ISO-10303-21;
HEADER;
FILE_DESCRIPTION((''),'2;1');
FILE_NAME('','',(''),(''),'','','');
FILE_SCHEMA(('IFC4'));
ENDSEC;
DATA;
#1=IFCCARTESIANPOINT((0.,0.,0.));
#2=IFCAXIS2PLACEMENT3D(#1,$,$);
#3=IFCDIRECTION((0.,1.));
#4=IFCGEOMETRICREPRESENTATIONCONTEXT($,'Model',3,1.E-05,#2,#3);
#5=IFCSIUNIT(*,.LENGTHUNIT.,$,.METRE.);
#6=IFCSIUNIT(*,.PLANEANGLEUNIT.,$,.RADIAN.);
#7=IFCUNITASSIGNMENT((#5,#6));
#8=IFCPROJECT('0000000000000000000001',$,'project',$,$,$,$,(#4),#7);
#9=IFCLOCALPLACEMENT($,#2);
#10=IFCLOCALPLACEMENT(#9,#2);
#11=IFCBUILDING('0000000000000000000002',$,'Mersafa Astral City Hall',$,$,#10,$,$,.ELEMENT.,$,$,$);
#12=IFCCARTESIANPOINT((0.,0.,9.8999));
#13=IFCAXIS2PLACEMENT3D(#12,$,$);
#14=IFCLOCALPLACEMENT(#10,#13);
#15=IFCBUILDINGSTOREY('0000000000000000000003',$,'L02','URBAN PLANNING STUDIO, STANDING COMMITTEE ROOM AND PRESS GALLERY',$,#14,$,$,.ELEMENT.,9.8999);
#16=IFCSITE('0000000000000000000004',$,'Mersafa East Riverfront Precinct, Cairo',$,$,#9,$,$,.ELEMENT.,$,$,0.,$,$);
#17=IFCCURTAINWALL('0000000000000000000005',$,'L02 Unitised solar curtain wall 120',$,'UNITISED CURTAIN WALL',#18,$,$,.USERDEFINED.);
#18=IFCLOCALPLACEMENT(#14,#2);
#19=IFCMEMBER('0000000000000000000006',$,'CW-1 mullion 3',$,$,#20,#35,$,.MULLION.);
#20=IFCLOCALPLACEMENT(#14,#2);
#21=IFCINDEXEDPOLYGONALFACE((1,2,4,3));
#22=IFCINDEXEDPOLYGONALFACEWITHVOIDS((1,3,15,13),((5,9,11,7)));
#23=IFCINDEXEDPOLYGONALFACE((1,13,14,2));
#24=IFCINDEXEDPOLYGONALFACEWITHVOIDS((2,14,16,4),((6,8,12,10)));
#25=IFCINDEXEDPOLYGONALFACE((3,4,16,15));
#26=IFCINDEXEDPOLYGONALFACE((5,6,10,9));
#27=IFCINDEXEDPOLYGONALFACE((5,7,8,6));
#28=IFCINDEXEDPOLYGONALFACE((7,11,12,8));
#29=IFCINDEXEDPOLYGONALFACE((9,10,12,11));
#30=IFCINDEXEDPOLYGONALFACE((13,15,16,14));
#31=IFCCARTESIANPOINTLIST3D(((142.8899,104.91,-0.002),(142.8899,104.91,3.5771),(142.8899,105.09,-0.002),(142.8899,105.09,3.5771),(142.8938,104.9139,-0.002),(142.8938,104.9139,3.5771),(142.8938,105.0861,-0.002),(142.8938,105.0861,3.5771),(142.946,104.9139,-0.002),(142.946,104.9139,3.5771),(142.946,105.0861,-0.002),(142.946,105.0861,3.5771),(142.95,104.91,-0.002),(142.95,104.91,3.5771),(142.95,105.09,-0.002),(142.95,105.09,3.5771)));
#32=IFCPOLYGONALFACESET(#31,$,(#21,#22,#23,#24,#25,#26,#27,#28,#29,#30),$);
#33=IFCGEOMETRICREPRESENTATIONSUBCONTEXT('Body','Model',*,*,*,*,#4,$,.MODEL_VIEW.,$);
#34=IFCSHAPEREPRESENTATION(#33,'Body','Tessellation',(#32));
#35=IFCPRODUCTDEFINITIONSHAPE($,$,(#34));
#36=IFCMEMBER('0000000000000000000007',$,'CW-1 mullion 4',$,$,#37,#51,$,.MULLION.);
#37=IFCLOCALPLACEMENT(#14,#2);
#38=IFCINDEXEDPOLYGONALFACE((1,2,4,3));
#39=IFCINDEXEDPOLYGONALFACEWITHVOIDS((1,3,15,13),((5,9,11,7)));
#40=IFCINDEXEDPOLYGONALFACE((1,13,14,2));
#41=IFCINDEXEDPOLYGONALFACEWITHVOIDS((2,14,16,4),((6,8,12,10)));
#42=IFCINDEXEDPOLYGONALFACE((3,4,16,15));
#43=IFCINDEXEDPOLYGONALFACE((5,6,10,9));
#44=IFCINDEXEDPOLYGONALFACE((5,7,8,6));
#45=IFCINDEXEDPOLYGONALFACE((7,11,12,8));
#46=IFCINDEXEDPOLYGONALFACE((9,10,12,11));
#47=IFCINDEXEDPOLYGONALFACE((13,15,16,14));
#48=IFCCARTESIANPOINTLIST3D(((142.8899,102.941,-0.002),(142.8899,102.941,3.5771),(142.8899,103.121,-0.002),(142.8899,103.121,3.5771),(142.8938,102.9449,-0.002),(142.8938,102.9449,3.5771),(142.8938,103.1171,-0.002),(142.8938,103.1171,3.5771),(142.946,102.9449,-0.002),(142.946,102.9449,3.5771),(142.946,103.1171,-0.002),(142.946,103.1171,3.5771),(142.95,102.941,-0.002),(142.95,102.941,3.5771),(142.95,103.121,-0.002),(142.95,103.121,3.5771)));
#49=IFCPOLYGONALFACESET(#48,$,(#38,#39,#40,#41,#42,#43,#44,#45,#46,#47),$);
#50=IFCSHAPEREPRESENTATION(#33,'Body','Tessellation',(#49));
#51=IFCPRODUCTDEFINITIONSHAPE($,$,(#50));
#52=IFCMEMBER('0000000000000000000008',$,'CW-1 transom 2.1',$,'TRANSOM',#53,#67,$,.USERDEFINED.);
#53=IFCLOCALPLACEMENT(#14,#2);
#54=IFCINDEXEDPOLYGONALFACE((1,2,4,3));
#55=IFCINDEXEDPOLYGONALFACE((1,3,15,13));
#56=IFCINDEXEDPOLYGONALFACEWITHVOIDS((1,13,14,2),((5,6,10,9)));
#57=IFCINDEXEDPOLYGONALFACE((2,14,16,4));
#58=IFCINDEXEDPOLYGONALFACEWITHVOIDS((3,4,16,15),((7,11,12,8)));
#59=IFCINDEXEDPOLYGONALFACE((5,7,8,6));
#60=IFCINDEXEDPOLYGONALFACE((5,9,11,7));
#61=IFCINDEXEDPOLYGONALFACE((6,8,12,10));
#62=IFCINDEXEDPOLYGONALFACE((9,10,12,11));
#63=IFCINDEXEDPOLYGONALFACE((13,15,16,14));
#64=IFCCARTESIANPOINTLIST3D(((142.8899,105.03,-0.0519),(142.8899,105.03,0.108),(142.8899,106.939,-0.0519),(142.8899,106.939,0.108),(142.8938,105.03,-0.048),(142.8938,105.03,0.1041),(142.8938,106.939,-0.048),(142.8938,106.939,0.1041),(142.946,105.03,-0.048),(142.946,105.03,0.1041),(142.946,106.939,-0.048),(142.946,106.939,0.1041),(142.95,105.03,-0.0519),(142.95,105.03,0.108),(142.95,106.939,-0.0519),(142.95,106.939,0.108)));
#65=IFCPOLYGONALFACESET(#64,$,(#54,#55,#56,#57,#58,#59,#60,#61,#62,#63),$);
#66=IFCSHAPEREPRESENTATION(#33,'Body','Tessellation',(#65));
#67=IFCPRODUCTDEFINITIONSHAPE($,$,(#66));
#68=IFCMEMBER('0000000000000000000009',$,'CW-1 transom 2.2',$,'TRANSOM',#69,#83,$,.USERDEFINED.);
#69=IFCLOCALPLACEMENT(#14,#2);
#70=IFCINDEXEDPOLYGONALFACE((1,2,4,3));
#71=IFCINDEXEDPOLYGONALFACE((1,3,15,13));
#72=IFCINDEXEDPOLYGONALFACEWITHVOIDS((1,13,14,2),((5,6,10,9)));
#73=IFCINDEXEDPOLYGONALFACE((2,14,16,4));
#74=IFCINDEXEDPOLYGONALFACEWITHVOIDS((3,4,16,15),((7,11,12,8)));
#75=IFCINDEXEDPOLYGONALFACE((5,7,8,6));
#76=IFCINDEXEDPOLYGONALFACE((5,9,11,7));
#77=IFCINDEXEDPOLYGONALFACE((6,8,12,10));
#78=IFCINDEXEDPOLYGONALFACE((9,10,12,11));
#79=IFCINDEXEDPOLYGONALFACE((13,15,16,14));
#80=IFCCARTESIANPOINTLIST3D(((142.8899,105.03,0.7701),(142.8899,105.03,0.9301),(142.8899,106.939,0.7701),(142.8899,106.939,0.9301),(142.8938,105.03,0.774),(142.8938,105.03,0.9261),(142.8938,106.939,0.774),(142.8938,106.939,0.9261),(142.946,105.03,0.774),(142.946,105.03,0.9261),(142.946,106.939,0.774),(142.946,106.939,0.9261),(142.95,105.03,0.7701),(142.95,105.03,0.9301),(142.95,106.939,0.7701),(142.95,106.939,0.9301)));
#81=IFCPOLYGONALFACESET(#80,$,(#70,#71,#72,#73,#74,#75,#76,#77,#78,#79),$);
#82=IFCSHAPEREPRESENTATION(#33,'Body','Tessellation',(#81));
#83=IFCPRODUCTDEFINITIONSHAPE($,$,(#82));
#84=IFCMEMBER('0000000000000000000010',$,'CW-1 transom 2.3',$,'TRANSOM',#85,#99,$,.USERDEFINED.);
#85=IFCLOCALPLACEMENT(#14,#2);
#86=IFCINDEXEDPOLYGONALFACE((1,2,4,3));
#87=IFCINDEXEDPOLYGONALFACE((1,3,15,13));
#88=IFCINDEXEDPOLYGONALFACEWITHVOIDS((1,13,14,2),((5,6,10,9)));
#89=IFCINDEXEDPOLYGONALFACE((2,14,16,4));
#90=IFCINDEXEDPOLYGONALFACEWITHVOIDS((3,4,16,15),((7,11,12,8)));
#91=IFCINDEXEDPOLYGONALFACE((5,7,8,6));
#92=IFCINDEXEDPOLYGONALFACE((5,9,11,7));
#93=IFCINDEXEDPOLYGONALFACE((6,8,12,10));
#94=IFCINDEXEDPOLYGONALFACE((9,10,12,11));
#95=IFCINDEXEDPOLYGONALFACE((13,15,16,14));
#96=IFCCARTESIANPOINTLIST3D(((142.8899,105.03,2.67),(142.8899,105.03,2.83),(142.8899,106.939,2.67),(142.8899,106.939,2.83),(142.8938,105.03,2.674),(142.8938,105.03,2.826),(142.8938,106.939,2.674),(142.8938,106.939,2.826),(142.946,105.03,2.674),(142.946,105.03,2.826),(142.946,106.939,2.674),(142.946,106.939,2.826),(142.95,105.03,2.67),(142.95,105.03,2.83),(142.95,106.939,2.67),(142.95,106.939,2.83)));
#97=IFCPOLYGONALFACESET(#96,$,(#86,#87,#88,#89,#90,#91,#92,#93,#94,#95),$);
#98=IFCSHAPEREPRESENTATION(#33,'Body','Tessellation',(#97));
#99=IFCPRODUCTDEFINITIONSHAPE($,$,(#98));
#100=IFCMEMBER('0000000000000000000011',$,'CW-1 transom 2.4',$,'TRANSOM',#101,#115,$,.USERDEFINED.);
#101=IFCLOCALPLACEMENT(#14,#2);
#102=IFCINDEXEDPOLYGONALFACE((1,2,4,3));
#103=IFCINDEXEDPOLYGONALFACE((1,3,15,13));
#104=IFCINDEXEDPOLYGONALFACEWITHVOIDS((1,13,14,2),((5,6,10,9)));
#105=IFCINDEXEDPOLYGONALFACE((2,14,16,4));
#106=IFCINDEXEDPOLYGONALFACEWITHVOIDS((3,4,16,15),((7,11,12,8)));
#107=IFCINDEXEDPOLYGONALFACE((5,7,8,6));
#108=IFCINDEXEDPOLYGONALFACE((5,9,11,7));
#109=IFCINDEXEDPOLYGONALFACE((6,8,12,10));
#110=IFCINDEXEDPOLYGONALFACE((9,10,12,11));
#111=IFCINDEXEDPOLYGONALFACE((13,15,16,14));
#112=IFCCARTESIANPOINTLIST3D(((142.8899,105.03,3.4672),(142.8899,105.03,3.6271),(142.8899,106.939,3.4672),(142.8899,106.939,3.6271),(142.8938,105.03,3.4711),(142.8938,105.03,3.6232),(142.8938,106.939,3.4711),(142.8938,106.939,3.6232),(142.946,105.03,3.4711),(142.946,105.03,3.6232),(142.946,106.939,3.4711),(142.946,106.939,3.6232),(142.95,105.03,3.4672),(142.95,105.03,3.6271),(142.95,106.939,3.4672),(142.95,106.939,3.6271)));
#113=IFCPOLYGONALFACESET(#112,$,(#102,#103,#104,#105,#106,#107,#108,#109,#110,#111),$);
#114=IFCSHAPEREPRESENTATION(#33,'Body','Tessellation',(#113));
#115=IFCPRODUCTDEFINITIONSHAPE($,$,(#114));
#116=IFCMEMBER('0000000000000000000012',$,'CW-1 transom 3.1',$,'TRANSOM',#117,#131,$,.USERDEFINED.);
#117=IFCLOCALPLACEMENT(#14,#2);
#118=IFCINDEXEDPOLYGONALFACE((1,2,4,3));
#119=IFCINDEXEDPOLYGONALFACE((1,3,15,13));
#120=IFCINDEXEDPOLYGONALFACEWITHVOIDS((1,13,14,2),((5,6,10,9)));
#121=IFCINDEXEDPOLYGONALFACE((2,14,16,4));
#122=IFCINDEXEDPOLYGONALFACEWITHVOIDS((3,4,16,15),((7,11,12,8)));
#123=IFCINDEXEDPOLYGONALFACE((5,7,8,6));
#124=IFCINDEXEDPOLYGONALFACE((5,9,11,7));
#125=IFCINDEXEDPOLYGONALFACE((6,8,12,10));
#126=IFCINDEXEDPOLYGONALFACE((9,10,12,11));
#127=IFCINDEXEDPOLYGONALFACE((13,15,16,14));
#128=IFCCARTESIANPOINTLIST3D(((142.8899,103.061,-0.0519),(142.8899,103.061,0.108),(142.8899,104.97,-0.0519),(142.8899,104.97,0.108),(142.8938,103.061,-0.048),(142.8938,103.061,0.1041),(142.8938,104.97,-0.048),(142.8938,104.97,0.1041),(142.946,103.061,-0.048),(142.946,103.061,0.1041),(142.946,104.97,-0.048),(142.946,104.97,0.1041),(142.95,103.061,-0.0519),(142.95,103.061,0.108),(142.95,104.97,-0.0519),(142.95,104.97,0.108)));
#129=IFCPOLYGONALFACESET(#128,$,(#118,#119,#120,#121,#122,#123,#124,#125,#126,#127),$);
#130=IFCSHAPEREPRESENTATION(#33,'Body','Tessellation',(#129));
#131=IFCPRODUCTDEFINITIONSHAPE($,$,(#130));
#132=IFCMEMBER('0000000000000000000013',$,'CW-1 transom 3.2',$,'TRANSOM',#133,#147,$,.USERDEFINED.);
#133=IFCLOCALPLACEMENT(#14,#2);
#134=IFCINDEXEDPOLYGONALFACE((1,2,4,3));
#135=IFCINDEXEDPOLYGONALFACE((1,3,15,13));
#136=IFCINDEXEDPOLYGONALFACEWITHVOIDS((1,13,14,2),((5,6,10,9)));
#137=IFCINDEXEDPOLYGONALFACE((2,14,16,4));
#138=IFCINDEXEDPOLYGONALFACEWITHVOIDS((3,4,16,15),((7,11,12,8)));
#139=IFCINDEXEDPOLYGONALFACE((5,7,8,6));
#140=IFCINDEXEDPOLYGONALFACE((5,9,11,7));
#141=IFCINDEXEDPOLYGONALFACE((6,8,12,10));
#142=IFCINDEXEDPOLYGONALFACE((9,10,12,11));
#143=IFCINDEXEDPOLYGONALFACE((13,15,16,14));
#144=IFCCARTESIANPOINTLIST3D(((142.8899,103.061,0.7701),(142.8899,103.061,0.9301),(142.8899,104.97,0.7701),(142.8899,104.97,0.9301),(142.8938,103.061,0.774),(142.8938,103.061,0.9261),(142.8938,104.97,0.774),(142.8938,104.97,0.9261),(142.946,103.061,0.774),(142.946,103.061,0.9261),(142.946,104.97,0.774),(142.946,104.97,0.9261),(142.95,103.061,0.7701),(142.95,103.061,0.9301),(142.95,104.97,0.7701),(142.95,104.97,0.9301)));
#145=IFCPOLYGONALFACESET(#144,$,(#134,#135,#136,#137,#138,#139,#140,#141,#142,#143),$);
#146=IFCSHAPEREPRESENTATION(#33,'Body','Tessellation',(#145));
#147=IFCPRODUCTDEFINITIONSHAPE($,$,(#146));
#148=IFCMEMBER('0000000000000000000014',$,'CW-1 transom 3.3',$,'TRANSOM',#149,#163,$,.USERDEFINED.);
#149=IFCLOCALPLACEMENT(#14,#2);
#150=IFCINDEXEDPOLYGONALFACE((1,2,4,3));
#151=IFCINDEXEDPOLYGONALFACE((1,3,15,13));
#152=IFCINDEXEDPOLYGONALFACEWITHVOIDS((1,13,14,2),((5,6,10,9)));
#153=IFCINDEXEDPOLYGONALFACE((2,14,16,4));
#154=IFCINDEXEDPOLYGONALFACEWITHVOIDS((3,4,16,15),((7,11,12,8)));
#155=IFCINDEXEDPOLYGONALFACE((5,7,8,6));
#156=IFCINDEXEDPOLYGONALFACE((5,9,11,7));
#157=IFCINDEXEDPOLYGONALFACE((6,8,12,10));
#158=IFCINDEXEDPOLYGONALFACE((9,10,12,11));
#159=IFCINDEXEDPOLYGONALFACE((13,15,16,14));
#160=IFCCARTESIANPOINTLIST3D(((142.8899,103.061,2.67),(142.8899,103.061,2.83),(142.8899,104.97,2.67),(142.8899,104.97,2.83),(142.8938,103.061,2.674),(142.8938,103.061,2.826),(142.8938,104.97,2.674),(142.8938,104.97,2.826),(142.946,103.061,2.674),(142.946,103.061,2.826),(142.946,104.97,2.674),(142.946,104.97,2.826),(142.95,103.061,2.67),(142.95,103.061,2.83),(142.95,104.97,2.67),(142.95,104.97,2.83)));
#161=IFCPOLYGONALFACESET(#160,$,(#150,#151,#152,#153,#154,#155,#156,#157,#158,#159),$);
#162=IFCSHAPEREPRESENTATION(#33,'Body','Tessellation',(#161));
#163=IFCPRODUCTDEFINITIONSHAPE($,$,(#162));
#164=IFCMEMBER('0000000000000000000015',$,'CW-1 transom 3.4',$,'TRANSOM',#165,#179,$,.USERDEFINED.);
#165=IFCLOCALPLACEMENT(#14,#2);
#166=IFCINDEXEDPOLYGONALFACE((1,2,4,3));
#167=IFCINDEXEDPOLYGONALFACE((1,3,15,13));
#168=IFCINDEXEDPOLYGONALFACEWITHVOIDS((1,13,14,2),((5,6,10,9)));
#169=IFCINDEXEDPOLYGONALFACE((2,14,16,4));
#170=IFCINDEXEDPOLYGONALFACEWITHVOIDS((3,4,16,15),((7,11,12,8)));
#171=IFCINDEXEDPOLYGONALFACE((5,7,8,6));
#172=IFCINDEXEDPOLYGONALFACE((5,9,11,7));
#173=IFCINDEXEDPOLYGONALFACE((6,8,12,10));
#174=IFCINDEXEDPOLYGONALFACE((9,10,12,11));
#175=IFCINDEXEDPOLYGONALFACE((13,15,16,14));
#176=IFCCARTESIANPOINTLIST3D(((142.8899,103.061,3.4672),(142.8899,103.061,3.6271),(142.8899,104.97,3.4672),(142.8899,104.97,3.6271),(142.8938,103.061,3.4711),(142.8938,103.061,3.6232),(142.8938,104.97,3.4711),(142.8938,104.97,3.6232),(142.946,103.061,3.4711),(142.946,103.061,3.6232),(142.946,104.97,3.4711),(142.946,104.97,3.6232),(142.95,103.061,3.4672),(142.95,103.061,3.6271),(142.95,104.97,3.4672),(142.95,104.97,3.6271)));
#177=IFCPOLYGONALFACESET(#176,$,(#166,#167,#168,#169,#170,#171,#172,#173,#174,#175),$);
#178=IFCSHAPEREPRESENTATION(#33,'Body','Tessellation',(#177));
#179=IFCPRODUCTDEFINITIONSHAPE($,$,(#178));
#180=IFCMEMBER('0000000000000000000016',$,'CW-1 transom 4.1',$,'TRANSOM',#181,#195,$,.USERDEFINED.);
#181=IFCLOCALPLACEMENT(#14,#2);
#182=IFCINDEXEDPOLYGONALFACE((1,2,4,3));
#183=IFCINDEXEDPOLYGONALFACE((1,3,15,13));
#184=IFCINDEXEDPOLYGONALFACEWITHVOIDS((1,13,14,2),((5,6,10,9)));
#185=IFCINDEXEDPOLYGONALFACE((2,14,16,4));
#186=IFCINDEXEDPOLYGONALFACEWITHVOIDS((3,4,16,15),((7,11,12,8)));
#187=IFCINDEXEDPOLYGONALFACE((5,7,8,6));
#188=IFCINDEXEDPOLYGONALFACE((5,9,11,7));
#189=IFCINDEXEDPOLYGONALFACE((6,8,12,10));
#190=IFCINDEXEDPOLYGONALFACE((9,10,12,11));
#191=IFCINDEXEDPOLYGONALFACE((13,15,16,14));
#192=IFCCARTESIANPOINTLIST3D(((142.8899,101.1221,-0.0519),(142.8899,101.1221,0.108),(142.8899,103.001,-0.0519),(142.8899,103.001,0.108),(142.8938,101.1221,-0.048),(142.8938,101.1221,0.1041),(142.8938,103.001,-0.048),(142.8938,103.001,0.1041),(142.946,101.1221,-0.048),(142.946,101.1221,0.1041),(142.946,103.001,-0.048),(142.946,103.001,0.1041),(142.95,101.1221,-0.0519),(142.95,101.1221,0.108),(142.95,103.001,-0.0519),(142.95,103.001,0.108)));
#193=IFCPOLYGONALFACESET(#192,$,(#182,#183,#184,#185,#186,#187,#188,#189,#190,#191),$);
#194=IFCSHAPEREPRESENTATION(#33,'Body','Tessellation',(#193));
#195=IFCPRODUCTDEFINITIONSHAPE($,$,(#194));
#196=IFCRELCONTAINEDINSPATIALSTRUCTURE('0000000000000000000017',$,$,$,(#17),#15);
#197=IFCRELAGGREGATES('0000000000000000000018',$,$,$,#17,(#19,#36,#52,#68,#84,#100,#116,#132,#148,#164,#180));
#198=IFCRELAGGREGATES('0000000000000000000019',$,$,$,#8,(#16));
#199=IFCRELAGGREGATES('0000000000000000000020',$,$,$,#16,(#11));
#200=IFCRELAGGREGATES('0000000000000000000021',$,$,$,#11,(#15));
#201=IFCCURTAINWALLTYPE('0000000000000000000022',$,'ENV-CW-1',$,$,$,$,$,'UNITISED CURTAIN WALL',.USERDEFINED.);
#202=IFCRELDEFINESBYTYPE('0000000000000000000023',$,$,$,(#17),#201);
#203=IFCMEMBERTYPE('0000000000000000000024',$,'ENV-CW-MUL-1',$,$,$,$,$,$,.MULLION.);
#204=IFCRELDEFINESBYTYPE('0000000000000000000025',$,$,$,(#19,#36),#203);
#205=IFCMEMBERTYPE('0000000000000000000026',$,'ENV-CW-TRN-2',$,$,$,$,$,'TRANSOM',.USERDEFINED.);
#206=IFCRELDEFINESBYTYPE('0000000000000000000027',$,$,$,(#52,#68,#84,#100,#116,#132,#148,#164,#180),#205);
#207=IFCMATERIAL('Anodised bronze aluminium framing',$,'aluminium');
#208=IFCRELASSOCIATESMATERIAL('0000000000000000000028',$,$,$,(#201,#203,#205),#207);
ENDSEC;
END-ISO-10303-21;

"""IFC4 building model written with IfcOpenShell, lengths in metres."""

from ifc_helpers import new_model, si_unit, direction, frame, origin, origin_2d, place, context, subcontext, project, spatial, hollow_rectangle, extrude, material, material_profile, profile_set, type_object, element, aggregate, save


model = new_model("IFC4")

# Units and contexts
model_context = context("Model", 3, precision=1e-05, world=origin(), true_north=direction((0.0, 1.0)))
body_context = subcontext(model_context, "Body", "Model", "MODEL_VIEW")
ifc_project = project(units=[si_unit("LENGTHUNIT", "METRE"), si_unit("PLANEANGLEUNIT", "RADIAN")], contexts=[model_context])

# Site, building, storey
site_placement = place(None, origin())
site = spatial("IfcSite", under=ifc_project, at=site_placement, Name="Mersafa East Riverfront Precinct, Cairo", CompositionType="ELEMENT", RefElevation=0.0)
building_placement = place(site_placement, origin())
building = spatial("IfcBuilding", under=site, at=building_placement, Name="Mersafa Astral City Hall", CompositionType="ELEMENT")
storey_placement = place(building_placement, frame((0.0, 0.0, 9.8999)))
storey = spatial("IfcBuildingStorey", under=building, at=storey_placement, Name="L02", Description="URBAN PLANNING STUDIO, STANDING COMMITTEE ROOM AND PRESS GALLERY", CompositionType="ELEMENT", Elevation=9.8999)

# Curtain wall, members
ifc_material_1 = material(Name="Anodised bronze aluminium framing", Category="aluminium")
curtain_wall_type = type_object("IfcCurtainWallType", Name="ENV-CW-1", ElementType="UNITISED CURTAIN WALL", PredefinedType="USERDEFINED", material=ifc_material_1)
curtain_wall_placement = place(storey_placement, origin())
curtain_wall = element("IfcCurtainWall", 1, at=curtain_wall_placement, inside=storey, type_object=curtain_wall_type, Name="L02 Unitised solar curtain wall 120", ObjectType="UNITISED CURTAIN WALL", PredefinedType="USERDEFINED")
ifc_material_profile_1 = material_profile(ifc_material_1, hollow_rectangle(XDim=0.0601, YDim=0.1799, WallThickness=0.0039, at=origin_2d()), Name="RHS 60x180x4")
ifc_profile_set_1 = profile_set([ifc_material_profile_1], Name="Anodised bronze aluminium framing")
member_type_1 = type_object("IfcMemberType", Name="ENV-CW-MUL-1", PredefinedType="MULLION", material=ifc_profile_set_1)
member_1_placement = place(storey_placement, frame((142.9199, 105.0, -0.002), z_axis=(0.0, 0.0, 1.0), x_axis=(1.0, 0.0, 0.0)))
member_1 = element("IfcMember", 2, at=member_1_placement, type_object=member_type_1, Name="CW-1 mullion 3", PredefinedType="MULLION", context=body_context, shape_type="SweptSolid", body=[
    extrude(hollow_rectangle(XDim=0.0601, YDim=0.1799, WallThickness=0.0039, at=origin_2d()), origin(), (0.0, 0.0, 1.0), 3.5791),
])
member_2_placement = place(storey_placement, frame((142.9199, 103.031, -0.002), z_axis=(0.0, 0.0, 1.0), x_axis=(1.0, 0.0, 0.0)))
member_2 = element("IfcMember", 3, at=member_2_placement, type_object=member_type_1, Name="CW-1 mullion 4", PredefinedType="MULLION", context=body_context, shape_type="SweptSolid", body=[
    extrude(hollow_rectangle(XDim=0.0601, YDim=0.1799, WallThickness=0.0039, at=origin_2d()), origin(), (0.0, 0.0, 1.0), 3.5791),
])
ifc_material_profile_2 = material_profile(ifc_material_1, hollow_rectangle(XDim=0.0601, YDim=0.1599, WallThickness=0.0039, at=origin_2d()), Name="RHS 60x160x4")
ifc_profile_set_2 = profile_set([ifc_material_profile_2], Name="Anodised bronze aluminium framing")
member_type_2 = type_object("IfcMemberType", Name="ENV-CW-TRN-2", ElementType="TRANSOM", PredefinedType="USERDEFINED", material=ifc_profile_set_2)
member_3_placement = place(storey_placement, frame((142.9199, 106.939, 0.0281), z_axis=(0.0, -1.0, 0.0), x_axis=(1.0, 0.0, 0.0)))
member_3 = element("IfcMember", 4, at=member_3_placement, type_object=member_type_2, Name="CW-1 transom 2.1", ObjectType="TRANSOM", PredefinedType="USERDEFINED", context=body_context, shape_type="SweptSolid", body=[
    extrude(hollow_rectangle(XDim=0.0601, YDim=0.1599, WallThickness=0.0039, at=origin_2d()), origin(), (0.0, 0.0, 1.0), 1.9089),
])
member_4_placement = place(storey_placement, frame((142.9199, 106.939, 0.8501), z_axis=(0.0, -1.0, 0.0), x_axis=(1.0, 0.0, 0.0)))
member_4 = element("IfcMember", 5, at=member_4_placement, type_object=member_type_2, Name="CW-1 transom 2.2", ObjectType="TRANSOM", PredefinedType="USERDEFINED", context=body_context, shape_type="SweptSolid", body=[
    extrude(hollow_rectangle(XDim=0.0601, YDim=0.1599, WallThickness=0.0039, at=origin_2d()), origin(), (0.0, 0.0, 1.0), 1.9089),
])
member_5_placement = place(storey_placement, frame((142.9199, 106.939, 2.75), z_axis=(0.0, -1.0, 0.0), x_axis=(1.0, 0.0, 0.0)))
member_5 = element("IfcMember", 6, at=member_5_placement, type_object=member_type_2, Name="CW-1 transom 2.3", ObjectType="TRANSOM", PredefinedType="USERDEFINED", context=body_context, shape_type="SweptSolid", body=[
    extrude(hollow_rectangle(XDim=0.0601, YDim=0.1599, WallThickness=0.0039, at=origin_2d()), origin(), (0.0, 0.0, 1.0), 1.9089),
])
member_6_placement = place(storey_placement, frame((142.9199, 106.939, 3.5471), z_axis=(0.0, -1.0, 0.0), x_axis=(1.0, 0.0, 0.0)))
member_6 = element("IfcMember", 7, at=member_6_placement, type_object=member_type_2, Name="CW-1 transom 2.4", ObjectType="TRANSOM", PredefinedType="USERDEFINED", context=body_context, shape_type="SweptSolid", body=[
    extrude(hollow_rectangle(XDim=0.0601, YDim=0.1599, WallThickness=0.0039, at=origin_2d()), origin(), (0.0, 0.0, 1.0), 1.9089),
])
member_7_placement = place(storey_placement, frame((142.9199, 104.97, 0.0281), z_axis=(0.0, -1.0, 0.0), x_axis=(1.0, 0.0, 0.0)))
member_7 = element("IfcMember", 8, at=member_7_placement, type_object=member_type_2, Name="CW-1 transom 3.1", ObjectType="TRANSOM", PredefinedType="USERDEFINED", context=body_context, shape_type="SweptSolid", body=[
    extrude(hollow_rectangle(XDim=0.0601, YDim=0.1599, WallThickness=0.0039, at=origin_2d()), origin(), (0.0, 0.0, 1.0), 1.9089),
])
member_8_placement = place(storey_placement, frame((142.9199, 104.97, 0.8501), z_axis=(0.0, -1.0, 0.0), x_axis=(1.0, 0.0, 0.0)))
member_8 = element("IfcMember", 9, at=member_8_placement, type_object=member_type_2, Name="CW-1 transom 3.2", ObjectType="TRANSOM", PredefinedType="USERDEFINED", context=body_context, shape_type="SweptSolid", body=[
    extrude(hollow_rectangle(XDim=0.0601, YDim=0.1599, WallThickness=0.0039, at=origin_2d()), origin(), (0.0, 0.0, 1.0), 1.9089),
])
member_9_placement = place(storey_placement, frame((142.9199, 104.97, 2.75), z_axis=(0.0, -1.0, 0.0), x_axis=(1.0, 0.0, 0.0)))
member_9 = element("IfcMember", 10, at=member_9_placement, type_object=member_type_2, Name="CW-1 transom 3.3", ObjectType="TRANSOM", PredefinedType="USERDEFINED", context=body_context, shape_type="SweptSolid", body=[
    extrude(hollow_rectangle(XDim=0.0601, YDim=0.1599, WallThickness=0.0039, at=origin_2d()), origin(), (0.0, 0.0, 1.0), 1.9089),
])
member_10_placement = place(storey_placement, frame((142.9199, 104.97, 3.5471), z_axis=(0.0, -1.0, 0.0), x_axis=(1.0, 0.0, 0.0)))
member_10 = element("IfcMember", 11, at=member_10_placement, type_object=member_type_2, Name="CW-1 transom 3.4", ObjectType="TRANSOM", PredefinedType="USERDEFINED", context=body_context, shape_type="SweptSolid", body=[
    extrude(hollow_rectangle(XDim=0.0601, YDim=0.1599, WallThickness=0.0039, at=origin_2d()), origin(), (0.0, 0.0, 1.0), 1.9089),
])
member_11_placement = place(storey_placement, frame((142.9199, 103.001, 0.0281), z_axis=(0.0, -1.0, 0.0), x_axis=(1.0, 0.0, 0.0)))
member_11 = element("IfcMember", 12, at=member_11_placement, type_object=member_type_2, Name="CW-1 transom 4.1", ObjectType="TRANSOM", PredefinedType="USERDEFINED", context=body_context, shape_type="SweptSolid", body=[
    extrude(hollow_rectangle(XDim=0.0601, YDim=0.1599, WallThickness=0.0039, at=origin_2d()), origin(), (0.0, 0.0, 1.0), 1.8789),
])
aggregate(curtain_wall, [member_1, member_2, member_3, member_4, member_5, member_6, member_7, member_8, member_9, member_10, member_11])

save(model, "model.ifc")
